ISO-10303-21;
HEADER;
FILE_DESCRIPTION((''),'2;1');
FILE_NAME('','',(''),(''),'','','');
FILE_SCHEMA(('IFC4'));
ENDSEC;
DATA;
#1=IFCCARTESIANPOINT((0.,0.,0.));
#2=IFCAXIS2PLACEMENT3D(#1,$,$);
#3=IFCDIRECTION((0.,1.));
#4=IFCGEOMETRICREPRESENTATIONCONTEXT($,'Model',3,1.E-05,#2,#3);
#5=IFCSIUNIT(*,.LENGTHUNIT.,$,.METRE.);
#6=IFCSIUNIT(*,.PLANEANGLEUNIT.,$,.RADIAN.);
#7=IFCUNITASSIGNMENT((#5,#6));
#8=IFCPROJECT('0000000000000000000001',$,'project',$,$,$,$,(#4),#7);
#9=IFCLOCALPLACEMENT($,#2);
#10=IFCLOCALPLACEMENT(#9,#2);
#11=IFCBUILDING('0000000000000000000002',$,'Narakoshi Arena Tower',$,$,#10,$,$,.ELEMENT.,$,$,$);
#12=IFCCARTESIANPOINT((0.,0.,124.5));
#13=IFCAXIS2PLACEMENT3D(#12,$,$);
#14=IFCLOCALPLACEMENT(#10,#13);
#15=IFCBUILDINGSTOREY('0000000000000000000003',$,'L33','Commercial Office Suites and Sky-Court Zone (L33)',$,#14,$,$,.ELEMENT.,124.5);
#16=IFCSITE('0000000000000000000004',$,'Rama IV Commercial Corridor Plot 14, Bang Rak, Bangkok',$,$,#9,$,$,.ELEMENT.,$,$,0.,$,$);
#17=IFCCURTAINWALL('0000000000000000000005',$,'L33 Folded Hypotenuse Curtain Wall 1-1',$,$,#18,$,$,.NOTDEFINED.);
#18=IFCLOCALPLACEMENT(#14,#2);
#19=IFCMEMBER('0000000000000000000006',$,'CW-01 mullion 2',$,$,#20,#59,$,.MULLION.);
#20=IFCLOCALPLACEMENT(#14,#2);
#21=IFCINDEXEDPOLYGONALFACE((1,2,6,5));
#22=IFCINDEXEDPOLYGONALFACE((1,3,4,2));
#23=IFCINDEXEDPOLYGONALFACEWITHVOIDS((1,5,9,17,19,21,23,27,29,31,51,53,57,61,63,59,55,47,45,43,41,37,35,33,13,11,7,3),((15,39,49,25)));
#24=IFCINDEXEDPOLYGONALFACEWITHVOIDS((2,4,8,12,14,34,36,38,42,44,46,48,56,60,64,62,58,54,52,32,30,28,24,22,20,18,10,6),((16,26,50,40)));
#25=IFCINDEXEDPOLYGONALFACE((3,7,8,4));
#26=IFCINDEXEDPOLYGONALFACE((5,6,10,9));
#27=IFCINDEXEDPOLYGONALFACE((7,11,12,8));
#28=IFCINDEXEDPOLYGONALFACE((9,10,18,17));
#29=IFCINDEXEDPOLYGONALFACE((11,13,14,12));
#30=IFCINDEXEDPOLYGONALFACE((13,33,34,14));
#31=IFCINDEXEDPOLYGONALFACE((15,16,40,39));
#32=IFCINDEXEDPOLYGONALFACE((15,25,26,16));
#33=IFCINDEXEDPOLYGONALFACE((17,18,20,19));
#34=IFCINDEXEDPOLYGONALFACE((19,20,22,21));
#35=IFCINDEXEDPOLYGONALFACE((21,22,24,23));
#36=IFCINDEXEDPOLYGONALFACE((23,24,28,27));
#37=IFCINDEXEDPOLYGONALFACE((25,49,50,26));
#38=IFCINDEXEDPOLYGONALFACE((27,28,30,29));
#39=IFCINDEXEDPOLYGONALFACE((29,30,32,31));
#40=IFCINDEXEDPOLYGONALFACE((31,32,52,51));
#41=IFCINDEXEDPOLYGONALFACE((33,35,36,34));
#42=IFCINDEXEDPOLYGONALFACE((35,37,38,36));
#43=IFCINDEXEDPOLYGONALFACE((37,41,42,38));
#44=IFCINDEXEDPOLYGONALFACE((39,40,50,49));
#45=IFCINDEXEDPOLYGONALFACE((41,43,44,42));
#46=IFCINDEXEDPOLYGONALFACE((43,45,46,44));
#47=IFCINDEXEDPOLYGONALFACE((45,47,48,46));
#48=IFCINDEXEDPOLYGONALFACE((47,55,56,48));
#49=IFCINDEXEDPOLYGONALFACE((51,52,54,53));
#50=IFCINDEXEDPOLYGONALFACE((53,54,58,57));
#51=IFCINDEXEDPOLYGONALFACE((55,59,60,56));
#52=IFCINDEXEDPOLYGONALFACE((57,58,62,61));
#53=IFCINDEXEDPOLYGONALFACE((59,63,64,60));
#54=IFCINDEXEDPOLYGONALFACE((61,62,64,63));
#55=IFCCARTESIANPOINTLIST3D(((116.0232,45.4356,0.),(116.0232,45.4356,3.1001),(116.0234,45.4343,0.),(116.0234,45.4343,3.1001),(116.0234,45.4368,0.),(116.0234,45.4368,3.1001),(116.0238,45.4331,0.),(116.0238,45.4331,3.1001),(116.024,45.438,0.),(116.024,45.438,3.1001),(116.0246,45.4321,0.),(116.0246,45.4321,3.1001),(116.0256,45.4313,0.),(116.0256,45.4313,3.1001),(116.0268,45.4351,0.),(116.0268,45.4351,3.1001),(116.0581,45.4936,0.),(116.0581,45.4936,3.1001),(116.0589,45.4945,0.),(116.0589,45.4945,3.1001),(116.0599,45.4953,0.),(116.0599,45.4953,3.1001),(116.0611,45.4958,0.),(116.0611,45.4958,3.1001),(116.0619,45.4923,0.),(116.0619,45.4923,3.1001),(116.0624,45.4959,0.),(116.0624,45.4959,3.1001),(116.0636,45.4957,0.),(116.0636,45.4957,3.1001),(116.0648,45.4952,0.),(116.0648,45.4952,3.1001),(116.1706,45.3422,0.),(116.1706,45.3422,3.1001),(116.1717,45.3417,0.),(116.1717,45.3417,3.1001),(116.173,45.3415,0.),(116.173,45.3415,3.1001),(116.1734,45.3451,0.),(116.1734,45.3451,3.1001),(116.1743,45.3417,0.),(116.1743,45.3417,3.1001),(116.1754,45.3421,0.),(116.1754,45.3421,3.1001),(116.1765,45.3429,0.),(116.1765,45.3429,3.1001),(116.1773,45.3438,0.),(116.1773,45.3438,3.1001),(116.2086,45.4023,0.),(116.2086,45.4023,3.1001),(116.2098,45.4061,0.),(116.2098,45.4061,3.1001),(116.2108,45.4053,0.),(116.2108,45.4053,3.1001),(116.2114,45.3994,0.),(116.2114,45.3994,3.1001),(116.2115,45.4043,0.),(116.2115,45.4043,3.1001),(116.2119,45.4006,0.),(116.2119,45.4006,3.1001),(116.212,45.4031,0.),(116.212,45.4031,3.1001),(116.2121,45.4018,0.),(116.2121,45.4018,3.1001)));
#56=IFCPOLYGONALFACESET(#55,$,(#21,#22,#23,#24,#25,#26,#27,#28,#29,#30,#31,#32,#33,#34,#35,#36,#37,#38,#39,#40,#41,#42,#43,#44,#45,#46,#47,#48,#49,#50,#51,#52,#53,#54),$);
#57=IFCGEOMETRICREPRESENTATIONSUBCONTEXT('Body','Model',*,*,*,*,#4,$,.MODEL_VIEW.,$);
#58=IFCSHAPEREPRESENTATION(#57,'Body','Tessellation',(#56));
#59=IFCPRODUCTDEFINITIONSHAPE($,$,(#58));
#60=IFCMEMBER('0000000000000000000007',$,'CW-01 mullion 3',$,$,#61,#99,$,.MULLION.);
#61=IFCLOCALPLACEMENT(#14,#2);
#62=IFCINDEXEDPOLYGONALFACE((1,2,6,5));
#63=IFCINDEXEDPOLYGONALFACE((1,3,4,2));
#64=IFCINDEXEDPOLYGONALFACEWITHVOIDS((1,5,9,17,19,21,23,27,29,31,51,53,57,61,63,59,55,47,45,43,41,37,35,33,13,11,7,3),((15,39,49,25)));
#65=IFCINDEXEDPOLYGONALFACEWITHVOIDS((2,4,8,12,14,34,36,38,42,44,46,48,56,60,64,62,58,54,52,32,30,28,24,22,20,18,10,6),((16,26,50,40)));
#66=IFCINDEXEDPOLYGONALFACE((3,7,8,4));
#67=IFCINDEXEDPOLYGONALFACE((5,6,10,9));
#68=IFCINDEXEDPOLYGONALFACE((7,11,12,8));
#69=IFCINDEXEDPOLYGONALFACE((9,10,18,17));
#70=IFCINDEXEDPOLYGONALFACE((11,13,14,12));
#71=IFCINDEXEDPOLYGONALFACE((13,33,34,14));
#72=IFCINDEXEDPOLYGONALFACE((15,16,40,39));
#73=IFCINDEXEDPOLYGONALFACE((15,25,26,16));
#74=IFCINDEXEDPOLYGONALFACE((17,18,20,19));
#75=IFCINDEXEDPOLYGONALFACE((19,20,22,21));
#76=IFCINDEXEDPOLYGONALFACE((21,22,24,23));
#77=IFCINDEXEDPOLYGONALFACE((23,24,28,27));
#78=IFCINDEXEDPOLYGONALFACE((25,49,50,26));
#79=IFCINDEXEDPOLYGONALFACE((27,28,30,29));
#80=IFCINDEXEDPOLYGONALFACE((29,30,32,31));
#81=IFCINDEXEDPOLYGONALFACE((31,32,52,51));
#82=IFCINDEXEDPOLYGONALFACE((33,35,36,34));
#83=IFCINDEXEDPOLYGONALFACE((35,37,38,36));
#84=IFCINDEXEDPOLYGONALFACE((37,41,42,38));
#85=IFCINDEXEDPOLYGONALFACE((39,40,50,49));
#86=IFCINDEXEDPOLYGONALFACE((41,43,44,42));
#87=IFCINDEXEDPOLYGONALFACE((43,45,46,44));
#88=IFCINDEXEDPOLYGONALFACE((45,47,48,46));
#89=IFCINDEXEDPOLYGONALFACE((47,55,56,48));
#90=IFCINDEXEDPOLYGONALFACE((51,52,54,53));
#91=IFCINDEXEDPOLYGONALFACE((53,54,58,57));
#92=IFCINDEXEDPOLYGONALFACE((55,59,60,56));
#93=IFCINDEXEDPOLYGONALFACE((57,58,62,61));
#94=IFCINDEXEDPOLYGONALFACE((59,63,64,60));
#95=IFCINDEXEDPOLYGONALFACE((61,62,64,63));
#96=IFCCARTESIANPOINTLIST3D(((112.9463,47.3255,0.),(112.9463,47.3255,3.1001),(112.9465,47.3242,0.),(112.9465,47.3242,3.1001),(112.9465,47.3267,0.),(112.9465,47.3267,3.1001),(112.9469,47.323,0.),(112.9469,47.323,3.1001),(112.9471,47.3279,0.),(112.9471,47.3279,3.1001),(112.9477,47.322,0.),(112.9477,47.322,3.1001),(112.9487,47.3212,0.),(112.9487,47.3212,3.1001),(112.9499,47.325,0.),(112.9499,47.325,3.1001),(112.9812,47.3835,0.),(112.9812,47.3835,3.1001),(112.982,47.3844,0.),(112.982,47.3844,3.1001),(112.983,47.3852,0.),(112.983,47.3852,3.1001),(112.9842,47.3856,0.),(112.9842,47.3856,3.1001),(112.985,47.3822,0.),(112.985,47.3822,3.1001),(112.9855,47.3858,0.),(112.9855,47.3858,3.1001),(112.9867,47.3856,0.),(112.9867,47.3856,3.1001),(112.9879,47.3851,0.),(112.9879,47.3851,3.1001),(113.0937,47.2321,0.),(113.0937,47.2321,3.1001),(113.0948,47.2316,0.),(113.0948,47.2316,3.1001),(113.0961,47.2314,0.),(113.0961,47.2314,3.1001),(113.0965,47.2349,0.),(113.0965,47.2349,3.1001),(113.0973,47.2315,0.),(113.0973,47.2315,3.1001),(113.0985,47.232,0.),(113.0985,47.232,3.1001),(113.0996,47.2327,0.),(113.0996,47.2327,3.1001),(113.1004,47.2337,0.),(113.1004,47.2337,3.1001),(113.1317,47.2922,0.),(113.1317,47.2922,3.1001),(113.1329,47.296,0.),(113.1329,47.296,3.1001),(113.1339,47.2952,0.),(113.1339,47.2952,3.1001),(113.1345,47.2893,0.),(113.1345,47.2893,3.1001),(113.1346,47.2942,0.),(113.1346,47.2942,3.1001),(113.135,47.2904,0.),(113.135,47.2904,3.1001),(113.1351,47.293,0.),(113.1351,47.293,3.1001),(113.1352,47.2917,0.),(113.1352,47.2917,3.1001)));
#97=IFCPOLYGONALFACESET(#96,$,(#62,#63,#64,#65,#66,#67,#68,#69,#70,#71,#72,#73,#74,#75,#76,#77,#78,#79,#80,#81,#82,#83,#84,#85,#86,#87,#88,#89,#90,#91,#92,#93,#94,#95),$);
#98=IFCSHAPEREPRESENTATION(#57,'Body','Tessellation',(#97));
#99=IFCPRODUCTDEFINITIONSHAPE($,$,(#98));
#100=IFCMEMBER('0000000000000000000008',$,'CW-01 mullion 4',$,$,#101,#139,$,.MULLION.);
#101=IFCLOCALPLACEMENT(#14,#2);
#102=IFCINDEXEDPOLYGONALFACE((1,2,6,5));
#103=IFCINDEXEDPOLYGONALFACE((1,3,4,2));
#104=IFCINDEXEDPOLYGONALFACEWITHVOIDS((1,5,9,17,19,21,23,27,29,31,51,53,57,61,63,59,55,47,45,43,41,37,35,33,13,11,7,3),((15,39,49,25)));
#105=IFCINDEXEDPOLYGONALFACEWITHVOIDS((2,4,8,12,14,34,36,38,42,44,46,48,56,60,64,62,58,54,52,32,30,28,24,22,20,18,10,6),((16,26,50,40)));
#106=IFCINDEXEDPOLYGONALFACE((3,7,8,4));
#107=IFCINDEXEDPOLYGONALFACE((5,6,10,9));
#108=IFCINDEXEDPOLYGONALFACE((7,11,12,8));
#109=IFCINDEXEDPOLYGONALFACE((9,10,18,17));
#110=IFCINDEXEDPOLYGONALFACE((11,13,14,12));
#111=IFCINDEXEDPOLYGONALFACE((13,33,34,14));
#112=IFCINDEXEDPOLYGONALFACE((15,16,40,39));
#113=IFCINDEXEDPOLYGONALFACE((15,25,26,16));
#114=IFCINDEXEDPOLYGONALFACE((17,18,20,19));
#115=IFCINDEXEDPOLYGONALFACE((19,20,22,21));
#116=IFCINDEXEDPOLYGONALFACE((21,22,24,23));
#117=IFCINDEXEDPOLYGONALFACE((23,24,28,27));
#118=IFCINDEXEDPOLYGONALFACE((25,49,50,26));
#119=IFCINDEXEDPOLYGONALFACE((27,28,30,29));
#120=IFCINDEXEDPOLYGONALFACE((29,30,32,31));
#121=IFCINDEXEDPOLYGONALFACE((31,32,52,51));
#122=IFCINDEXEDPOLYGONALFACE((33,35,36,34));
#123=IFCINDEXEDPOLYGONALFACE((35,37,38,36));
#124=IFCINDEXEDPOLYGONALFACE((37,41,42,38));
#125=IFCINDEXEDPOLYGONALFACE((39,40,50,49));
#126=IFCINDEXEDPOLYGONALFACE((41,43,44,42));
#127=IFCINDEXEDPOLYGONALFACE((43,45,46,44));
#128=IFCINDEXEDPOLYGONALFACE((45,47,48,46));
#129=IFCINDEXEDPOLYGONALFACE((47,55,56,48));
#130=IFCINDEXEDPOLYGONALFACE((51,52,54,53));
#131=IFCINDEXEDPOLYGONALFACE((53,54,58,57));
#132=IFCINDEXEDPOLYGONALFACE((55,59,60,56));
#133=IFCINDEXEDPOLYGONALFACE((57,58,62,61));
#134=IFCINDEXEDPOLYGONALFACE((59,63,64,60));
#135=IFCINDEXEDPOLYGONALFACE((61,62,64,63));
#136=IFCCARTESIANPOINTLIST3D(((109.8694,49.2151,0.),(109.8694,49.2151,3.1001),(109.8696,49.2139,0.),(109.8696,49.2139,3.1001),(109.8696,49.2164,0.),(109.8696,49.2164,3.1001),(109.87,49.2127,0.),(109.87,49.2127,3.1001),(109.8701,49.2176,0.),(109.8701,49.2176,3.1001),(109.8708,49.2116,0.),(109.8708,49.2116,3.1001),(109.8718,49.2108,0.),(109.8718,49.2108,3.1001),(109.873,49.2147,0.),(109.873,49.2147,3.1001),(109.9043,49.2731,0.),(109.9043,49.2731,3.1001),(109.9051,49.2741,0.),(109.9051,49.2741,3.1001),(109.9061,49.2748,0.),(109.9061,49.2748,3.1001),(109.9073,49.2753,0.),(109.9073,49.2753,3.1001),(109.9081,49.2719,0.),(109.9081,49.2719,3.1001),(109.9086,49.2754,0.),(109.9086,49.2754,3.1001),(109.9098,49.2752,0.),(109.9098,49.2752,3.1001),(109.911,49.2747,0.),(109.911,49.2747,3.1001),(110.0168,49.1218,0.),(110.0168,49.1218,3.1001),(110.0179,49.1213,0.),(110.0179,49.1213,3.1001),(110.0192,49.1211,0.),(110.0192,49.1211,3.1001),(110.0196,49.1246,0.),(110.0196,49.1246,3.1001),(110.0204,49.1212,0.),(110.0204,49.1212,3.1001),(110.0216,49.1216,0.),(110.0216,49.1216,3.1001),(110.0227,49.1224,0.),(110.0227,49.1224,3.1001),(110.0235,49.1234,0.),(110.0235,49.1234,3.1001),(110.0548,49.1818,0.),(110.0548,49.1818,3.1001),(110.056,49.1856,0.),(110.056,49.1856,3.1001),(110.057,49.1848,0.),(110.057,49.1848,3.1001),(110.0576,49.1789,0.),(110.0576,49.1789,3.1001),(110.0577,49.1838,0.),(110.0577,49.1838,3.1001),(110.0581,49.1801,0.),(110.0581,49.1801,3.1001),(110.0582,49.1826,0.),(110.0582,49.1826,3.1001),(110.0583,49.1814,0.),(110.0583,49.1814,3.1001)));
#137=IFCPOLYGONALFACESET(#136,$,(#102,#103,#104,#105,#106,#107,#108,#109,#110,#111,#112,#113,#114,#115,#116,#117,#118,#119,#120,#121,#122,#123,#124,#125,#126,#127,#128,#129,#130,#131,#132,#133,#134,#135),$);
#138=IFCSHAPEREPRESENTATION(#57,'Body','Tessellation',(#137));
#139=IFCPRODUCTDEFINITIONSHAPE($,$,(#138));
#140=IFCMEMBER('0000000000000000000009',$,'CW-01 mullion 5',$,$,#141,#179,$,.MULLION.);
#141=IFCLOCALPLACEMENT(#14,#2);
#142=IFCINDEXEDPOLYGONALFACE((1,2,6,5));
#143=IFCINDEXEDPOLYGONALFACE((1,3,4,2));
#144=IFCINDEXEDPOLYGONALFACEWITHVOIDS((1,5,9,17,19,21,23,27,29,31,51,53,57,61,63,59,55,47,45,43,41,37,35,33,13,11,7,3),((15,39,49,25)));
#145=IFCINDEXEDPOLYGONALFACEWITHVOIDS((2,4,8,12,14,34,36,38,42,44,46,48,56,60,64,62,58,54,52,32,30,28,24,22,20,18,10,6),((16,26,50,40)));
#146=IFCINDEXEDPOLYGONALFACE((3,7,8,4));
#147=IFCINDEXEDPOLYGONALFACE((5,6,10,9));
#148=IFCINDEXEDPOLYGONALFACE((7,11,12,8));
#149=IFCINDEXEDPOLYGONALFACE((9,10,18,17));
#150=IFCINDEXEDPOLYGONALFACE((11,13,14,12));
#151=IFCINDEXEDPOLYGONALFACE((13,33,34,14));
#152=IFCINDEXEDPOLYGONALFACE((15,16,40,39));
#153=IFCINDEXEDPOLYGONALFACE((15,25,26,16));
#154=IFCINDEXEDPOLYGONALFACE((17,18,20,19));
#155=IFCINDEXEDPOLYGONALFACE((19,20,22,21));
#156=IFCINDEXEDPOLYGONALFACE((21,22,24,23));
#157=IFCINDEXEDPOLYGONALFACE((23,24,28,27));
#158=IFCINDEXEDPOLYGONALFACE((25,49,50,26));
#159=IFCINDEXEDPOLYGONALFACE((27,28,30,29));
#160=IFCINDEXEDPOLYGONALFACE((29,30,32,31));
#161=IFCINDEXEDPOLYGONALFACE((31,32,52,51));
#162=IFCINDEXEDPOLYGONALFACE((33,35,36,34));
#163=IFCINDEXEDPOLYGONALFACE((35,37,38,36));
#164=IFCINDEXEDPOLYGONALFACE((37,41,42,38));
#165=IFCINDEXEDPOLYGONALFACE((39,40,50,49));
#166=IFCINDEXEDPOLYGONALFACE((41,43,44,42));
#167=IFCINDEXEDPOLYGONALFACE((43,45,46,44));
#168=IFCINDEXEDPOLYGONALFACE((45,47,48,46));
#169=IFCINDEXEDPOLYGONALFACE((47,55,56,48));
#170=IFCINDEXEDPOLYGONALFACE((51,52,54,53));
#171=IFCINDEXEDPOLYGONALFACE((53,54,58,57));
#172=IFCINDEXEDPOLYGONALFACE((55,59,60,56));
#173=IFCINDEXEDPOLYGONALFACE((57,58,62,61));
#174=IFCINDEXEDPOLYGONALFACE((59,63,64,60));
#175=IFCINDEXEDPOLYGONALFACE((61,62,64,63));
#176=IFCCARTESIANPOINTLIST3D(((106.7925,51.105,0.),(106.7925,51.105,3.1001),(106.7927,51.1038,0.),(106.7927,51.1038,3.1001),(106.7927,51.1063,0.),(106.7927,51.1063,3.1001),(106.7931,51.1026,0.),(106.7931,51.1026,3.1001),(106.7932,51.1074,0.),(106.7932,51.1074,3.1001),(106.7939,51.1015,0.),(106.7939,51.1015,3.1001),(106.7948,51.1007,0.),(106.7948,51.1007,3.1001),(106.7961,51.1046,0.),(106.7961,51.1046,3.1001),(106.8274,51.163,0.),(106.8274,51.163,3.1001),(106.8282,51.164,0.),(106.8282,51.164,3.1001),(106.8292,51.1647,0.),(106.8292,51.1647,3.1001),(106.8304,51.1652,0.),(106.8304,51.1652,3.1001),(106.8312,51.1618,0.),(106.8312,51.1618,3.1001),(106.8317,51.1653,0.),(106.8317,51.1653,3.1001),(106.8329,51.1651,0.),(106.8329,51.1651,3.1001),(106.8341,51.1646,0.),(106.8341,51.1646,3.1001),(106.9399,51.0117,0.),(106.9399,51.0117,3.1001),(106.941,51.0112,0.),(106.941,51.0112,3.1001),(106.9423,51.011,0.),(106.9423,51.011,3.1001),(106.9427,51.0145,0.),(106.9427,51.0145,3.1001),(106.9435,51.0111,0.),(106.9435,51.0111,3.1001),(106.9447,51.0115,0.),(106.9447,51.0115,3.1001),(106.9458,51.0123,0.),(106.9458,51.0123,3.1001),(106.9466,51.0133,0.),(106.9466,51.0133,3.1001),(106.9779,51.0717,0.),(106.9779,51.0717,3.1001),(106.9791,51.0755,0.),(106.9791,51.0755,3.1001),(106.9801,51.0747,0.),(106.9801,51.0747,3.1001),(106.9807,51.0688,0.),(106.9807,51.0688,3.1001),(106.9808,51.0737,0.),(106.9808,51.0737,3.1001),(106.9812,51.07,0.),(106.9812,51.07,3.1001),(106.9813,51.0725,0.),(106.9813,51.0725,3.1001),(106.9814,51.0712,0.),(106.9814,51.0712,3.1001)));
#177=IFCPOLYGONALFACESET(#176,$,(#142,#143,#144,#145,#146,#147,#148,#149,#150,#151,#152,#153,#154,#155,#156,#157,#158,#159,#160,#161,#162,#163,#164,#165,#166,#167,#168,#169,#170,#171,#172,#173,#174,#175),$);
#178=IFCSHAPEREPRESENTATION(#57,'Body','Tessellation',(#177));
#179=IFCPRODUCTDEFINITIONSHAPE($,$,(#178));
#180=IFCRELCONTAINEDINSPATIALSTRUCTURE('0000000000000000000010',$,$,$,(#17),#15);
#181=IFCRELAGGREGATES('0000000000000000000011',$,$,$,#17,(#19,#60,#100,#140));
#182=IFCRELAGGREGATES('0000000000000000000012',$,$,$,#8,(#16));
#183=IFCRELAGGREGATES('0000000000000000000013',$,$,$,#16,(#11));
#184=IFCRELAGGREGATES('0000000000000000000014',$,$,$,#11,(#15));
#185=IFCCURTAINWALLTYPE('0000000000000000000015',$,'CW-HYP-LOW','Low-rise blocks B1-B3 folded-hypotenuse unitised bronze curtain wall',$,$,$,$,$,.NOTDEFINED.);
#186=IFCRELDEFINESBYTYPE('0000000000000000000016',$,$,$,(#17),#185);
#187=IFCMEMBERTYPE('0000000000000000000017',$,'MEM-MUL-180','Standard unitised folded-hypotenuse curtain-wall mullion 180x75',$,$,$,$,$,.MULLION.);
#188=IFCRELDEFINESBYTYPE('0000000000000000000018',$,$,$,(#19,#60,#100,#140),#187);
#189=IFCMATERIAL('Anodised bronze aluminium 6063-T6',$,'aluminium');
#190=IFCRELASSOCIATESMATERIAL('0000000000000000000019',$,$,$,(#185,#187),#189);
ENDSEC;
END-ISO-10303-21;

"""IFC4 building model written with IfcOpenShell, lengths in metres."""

from ifc_helpers import new_model, si_unit, direction, frame, origin, origin_2d, place, context, subcontext, project, spatial, hollow_rectangle, extrude, material, material_profile, profile_set, type_object, element, aggregate, save


model = new_model("IFC4")

# Units and contexts
model_context = context("Model", 3, precision=1e-05, world=origin(), true_north=direction((0.0, 1.0)))
body_context = subcontext(model_context, "Body", "Model", "MODEL_VIEW")
ifc_project = project(units=[si_unit("LENGTHUNIT", "METRE"), si_unit("PLANEANGLEUNIT", "RADIAN")], contexts=[model_context])

# Site, building, storey
site_placement = place(None, origin())
site = spatial("IfcSite", under=ifc_project, at=site_placement, Name="Rama IV Commercial Corridor Plot 14, Bang Rak, Bangkok", CompositionType="ELEMENT", RefElevation=0.0)
building_placement = place(site_placement, origin())
building = spatial("IfcBuilding", under=site, at=building_placement, Name="Narakoshi Arena Tower", CompositionType="ELEMENT")
storey_placement = place(building_placement, frame((0.0, 0.0, 124.5)))
storey = spatial("IfcBuildingStorey", under=building, at=storey_placement, Name="L33", Description="Commercial Office Suites and Sky-Court Zone (L33)", CompositionType="ELEMENT", Elevation=124.5)

# Curtain wall, members
ifc_material_1 = material(Name="Anodised bronze aluminium 6063-T6", Category="aluminium")
curtain_wall_type = type_object("IfcCurtainWallType", Name="CW-HYP-LOW", Description="Low-rise blocks B1-B3 folded-hypotenuse unitised bronze curtain wall", PredefinedType="NOTDEFINED", material=ifc_material_1)
curtain_wall_placement = place(storey_placement, origin())
curtain_wall = element("IfcCurtainWall", 1, at=curtain_wall_placement, inside=storey, type_object=curtain_wall_type, Name="L33 Folded Hypotenuse Curtain Wall 1-1", PredefinedType="NOTDEFINED")
ifc_material_profile_1 = material_profile(ifc_material_1, hollow_rectangle(XDim=0.075, YDim=0.1799, WallThickness=0.0039, OuterFilletRadius=0.0049, at=origin_2d()), Name="MUL180x75x4")
ifc_profile_set_1 = profile_set([ifc_material_profile_1], Name="Anodised bronze aluminium 6063-T6")
member_type_1 = type_object("IfcMemberType", Name="MEM-MUL-180", Description="Standard unitised folded-hypotenuse curtain-wall mullion 180x75", PredefinedType="MULLION", material=ifc_profile_set_1)
member_1_placement = place(storey_placement, frame((116.1177, 45.4187, 0.0), z_axis=(0.0, 0.0, 1.0), x_axis=(-0.523358, -0.852113, 0.0)))
member_1 = element("IfcMember", 2, at=member_1_placement, type_object=member_type_1, Name="CW-01 mullion 2", PredefinedType="MULLION", context=body_context, shape_type="SweptSolid", body=[
    extrude(hollow_rectangle(XDim=0.075, YDim=0.1799, WallThickness=0.0039, OuterFilletRadius=0.0049, at=origin_2d()), origin(), (0.0, 0.0, 1.0), 3.1001),
])
member_2_placement = place(storey_placement, frame((113.0408, 47.3086, 0.0), z_axis=(0.0, 0.0, 1.0), x_axis=(-0.523358, -0.852113, 0.0)))
member_2 = element("IfcMember", 3, at=member_2_placement, type_object=member_type_1, Name="CW-01 mullion 3", PredefinedType="MULLION", context=body_context, shape_type="SweptSolid", body=[
    extrude(hollow_rectangle(XDim=0.075, YDim=0.1799, WallThickness=0.0039, OuterFilletRadius=0.0049, at=origin_2d()), origin(), (0.0, 0.0, 1.0), 3.1001),
])
member_3_placement = place(storey_placement, frame((109.9639, 49.1982, 0.0), z_axis=(0.0, 0.0, 1.0), x_axis=(-0.523358, -0.852113, 0.0)))
member_3 = element("IfcMember", 4, at=member_3_placement, type_object=member_type_1, Name="CW-01 mullion 4", PredefinedType="MULLION", context=body_context, shape_type="SweptSolid", body=[
    extrude(hollow_rectangle(XDim=0.075, YDim=0.1799, WallThickness=0.0039, OuterFilletRadius=0.0049, at=origin_2d()), origin(), (0.0, 0.0, 1.0), 3.1001),
])
member_4_placement = place(storey_placement, frame((106.887, 51.0881, 0.0), z_axis=(0.0, 0.0, 1.0), x_axis=(-0.523358, -0.852113, 0.0)))
member_4 = element("IfcMember", 5, at=member_4_placement, type_object=member_type_1, Name="CW-01 mullion 5", PredefinedType="MULLION", context=body_context, shape_type="SweptSolid", body=[
    extrude(hollow_rectangle(XDim=0.075, YDim=0.1799, WallThickness=0.0039, OuterFilletRadius=0.0049, at=origin_2d()), origin(), (0.0, 0.0, 1.0), 3.1001),
])
aggregate(curtain_wall, [member_1, member_2, member_3, member_4])

save(model, "model.ifc")
